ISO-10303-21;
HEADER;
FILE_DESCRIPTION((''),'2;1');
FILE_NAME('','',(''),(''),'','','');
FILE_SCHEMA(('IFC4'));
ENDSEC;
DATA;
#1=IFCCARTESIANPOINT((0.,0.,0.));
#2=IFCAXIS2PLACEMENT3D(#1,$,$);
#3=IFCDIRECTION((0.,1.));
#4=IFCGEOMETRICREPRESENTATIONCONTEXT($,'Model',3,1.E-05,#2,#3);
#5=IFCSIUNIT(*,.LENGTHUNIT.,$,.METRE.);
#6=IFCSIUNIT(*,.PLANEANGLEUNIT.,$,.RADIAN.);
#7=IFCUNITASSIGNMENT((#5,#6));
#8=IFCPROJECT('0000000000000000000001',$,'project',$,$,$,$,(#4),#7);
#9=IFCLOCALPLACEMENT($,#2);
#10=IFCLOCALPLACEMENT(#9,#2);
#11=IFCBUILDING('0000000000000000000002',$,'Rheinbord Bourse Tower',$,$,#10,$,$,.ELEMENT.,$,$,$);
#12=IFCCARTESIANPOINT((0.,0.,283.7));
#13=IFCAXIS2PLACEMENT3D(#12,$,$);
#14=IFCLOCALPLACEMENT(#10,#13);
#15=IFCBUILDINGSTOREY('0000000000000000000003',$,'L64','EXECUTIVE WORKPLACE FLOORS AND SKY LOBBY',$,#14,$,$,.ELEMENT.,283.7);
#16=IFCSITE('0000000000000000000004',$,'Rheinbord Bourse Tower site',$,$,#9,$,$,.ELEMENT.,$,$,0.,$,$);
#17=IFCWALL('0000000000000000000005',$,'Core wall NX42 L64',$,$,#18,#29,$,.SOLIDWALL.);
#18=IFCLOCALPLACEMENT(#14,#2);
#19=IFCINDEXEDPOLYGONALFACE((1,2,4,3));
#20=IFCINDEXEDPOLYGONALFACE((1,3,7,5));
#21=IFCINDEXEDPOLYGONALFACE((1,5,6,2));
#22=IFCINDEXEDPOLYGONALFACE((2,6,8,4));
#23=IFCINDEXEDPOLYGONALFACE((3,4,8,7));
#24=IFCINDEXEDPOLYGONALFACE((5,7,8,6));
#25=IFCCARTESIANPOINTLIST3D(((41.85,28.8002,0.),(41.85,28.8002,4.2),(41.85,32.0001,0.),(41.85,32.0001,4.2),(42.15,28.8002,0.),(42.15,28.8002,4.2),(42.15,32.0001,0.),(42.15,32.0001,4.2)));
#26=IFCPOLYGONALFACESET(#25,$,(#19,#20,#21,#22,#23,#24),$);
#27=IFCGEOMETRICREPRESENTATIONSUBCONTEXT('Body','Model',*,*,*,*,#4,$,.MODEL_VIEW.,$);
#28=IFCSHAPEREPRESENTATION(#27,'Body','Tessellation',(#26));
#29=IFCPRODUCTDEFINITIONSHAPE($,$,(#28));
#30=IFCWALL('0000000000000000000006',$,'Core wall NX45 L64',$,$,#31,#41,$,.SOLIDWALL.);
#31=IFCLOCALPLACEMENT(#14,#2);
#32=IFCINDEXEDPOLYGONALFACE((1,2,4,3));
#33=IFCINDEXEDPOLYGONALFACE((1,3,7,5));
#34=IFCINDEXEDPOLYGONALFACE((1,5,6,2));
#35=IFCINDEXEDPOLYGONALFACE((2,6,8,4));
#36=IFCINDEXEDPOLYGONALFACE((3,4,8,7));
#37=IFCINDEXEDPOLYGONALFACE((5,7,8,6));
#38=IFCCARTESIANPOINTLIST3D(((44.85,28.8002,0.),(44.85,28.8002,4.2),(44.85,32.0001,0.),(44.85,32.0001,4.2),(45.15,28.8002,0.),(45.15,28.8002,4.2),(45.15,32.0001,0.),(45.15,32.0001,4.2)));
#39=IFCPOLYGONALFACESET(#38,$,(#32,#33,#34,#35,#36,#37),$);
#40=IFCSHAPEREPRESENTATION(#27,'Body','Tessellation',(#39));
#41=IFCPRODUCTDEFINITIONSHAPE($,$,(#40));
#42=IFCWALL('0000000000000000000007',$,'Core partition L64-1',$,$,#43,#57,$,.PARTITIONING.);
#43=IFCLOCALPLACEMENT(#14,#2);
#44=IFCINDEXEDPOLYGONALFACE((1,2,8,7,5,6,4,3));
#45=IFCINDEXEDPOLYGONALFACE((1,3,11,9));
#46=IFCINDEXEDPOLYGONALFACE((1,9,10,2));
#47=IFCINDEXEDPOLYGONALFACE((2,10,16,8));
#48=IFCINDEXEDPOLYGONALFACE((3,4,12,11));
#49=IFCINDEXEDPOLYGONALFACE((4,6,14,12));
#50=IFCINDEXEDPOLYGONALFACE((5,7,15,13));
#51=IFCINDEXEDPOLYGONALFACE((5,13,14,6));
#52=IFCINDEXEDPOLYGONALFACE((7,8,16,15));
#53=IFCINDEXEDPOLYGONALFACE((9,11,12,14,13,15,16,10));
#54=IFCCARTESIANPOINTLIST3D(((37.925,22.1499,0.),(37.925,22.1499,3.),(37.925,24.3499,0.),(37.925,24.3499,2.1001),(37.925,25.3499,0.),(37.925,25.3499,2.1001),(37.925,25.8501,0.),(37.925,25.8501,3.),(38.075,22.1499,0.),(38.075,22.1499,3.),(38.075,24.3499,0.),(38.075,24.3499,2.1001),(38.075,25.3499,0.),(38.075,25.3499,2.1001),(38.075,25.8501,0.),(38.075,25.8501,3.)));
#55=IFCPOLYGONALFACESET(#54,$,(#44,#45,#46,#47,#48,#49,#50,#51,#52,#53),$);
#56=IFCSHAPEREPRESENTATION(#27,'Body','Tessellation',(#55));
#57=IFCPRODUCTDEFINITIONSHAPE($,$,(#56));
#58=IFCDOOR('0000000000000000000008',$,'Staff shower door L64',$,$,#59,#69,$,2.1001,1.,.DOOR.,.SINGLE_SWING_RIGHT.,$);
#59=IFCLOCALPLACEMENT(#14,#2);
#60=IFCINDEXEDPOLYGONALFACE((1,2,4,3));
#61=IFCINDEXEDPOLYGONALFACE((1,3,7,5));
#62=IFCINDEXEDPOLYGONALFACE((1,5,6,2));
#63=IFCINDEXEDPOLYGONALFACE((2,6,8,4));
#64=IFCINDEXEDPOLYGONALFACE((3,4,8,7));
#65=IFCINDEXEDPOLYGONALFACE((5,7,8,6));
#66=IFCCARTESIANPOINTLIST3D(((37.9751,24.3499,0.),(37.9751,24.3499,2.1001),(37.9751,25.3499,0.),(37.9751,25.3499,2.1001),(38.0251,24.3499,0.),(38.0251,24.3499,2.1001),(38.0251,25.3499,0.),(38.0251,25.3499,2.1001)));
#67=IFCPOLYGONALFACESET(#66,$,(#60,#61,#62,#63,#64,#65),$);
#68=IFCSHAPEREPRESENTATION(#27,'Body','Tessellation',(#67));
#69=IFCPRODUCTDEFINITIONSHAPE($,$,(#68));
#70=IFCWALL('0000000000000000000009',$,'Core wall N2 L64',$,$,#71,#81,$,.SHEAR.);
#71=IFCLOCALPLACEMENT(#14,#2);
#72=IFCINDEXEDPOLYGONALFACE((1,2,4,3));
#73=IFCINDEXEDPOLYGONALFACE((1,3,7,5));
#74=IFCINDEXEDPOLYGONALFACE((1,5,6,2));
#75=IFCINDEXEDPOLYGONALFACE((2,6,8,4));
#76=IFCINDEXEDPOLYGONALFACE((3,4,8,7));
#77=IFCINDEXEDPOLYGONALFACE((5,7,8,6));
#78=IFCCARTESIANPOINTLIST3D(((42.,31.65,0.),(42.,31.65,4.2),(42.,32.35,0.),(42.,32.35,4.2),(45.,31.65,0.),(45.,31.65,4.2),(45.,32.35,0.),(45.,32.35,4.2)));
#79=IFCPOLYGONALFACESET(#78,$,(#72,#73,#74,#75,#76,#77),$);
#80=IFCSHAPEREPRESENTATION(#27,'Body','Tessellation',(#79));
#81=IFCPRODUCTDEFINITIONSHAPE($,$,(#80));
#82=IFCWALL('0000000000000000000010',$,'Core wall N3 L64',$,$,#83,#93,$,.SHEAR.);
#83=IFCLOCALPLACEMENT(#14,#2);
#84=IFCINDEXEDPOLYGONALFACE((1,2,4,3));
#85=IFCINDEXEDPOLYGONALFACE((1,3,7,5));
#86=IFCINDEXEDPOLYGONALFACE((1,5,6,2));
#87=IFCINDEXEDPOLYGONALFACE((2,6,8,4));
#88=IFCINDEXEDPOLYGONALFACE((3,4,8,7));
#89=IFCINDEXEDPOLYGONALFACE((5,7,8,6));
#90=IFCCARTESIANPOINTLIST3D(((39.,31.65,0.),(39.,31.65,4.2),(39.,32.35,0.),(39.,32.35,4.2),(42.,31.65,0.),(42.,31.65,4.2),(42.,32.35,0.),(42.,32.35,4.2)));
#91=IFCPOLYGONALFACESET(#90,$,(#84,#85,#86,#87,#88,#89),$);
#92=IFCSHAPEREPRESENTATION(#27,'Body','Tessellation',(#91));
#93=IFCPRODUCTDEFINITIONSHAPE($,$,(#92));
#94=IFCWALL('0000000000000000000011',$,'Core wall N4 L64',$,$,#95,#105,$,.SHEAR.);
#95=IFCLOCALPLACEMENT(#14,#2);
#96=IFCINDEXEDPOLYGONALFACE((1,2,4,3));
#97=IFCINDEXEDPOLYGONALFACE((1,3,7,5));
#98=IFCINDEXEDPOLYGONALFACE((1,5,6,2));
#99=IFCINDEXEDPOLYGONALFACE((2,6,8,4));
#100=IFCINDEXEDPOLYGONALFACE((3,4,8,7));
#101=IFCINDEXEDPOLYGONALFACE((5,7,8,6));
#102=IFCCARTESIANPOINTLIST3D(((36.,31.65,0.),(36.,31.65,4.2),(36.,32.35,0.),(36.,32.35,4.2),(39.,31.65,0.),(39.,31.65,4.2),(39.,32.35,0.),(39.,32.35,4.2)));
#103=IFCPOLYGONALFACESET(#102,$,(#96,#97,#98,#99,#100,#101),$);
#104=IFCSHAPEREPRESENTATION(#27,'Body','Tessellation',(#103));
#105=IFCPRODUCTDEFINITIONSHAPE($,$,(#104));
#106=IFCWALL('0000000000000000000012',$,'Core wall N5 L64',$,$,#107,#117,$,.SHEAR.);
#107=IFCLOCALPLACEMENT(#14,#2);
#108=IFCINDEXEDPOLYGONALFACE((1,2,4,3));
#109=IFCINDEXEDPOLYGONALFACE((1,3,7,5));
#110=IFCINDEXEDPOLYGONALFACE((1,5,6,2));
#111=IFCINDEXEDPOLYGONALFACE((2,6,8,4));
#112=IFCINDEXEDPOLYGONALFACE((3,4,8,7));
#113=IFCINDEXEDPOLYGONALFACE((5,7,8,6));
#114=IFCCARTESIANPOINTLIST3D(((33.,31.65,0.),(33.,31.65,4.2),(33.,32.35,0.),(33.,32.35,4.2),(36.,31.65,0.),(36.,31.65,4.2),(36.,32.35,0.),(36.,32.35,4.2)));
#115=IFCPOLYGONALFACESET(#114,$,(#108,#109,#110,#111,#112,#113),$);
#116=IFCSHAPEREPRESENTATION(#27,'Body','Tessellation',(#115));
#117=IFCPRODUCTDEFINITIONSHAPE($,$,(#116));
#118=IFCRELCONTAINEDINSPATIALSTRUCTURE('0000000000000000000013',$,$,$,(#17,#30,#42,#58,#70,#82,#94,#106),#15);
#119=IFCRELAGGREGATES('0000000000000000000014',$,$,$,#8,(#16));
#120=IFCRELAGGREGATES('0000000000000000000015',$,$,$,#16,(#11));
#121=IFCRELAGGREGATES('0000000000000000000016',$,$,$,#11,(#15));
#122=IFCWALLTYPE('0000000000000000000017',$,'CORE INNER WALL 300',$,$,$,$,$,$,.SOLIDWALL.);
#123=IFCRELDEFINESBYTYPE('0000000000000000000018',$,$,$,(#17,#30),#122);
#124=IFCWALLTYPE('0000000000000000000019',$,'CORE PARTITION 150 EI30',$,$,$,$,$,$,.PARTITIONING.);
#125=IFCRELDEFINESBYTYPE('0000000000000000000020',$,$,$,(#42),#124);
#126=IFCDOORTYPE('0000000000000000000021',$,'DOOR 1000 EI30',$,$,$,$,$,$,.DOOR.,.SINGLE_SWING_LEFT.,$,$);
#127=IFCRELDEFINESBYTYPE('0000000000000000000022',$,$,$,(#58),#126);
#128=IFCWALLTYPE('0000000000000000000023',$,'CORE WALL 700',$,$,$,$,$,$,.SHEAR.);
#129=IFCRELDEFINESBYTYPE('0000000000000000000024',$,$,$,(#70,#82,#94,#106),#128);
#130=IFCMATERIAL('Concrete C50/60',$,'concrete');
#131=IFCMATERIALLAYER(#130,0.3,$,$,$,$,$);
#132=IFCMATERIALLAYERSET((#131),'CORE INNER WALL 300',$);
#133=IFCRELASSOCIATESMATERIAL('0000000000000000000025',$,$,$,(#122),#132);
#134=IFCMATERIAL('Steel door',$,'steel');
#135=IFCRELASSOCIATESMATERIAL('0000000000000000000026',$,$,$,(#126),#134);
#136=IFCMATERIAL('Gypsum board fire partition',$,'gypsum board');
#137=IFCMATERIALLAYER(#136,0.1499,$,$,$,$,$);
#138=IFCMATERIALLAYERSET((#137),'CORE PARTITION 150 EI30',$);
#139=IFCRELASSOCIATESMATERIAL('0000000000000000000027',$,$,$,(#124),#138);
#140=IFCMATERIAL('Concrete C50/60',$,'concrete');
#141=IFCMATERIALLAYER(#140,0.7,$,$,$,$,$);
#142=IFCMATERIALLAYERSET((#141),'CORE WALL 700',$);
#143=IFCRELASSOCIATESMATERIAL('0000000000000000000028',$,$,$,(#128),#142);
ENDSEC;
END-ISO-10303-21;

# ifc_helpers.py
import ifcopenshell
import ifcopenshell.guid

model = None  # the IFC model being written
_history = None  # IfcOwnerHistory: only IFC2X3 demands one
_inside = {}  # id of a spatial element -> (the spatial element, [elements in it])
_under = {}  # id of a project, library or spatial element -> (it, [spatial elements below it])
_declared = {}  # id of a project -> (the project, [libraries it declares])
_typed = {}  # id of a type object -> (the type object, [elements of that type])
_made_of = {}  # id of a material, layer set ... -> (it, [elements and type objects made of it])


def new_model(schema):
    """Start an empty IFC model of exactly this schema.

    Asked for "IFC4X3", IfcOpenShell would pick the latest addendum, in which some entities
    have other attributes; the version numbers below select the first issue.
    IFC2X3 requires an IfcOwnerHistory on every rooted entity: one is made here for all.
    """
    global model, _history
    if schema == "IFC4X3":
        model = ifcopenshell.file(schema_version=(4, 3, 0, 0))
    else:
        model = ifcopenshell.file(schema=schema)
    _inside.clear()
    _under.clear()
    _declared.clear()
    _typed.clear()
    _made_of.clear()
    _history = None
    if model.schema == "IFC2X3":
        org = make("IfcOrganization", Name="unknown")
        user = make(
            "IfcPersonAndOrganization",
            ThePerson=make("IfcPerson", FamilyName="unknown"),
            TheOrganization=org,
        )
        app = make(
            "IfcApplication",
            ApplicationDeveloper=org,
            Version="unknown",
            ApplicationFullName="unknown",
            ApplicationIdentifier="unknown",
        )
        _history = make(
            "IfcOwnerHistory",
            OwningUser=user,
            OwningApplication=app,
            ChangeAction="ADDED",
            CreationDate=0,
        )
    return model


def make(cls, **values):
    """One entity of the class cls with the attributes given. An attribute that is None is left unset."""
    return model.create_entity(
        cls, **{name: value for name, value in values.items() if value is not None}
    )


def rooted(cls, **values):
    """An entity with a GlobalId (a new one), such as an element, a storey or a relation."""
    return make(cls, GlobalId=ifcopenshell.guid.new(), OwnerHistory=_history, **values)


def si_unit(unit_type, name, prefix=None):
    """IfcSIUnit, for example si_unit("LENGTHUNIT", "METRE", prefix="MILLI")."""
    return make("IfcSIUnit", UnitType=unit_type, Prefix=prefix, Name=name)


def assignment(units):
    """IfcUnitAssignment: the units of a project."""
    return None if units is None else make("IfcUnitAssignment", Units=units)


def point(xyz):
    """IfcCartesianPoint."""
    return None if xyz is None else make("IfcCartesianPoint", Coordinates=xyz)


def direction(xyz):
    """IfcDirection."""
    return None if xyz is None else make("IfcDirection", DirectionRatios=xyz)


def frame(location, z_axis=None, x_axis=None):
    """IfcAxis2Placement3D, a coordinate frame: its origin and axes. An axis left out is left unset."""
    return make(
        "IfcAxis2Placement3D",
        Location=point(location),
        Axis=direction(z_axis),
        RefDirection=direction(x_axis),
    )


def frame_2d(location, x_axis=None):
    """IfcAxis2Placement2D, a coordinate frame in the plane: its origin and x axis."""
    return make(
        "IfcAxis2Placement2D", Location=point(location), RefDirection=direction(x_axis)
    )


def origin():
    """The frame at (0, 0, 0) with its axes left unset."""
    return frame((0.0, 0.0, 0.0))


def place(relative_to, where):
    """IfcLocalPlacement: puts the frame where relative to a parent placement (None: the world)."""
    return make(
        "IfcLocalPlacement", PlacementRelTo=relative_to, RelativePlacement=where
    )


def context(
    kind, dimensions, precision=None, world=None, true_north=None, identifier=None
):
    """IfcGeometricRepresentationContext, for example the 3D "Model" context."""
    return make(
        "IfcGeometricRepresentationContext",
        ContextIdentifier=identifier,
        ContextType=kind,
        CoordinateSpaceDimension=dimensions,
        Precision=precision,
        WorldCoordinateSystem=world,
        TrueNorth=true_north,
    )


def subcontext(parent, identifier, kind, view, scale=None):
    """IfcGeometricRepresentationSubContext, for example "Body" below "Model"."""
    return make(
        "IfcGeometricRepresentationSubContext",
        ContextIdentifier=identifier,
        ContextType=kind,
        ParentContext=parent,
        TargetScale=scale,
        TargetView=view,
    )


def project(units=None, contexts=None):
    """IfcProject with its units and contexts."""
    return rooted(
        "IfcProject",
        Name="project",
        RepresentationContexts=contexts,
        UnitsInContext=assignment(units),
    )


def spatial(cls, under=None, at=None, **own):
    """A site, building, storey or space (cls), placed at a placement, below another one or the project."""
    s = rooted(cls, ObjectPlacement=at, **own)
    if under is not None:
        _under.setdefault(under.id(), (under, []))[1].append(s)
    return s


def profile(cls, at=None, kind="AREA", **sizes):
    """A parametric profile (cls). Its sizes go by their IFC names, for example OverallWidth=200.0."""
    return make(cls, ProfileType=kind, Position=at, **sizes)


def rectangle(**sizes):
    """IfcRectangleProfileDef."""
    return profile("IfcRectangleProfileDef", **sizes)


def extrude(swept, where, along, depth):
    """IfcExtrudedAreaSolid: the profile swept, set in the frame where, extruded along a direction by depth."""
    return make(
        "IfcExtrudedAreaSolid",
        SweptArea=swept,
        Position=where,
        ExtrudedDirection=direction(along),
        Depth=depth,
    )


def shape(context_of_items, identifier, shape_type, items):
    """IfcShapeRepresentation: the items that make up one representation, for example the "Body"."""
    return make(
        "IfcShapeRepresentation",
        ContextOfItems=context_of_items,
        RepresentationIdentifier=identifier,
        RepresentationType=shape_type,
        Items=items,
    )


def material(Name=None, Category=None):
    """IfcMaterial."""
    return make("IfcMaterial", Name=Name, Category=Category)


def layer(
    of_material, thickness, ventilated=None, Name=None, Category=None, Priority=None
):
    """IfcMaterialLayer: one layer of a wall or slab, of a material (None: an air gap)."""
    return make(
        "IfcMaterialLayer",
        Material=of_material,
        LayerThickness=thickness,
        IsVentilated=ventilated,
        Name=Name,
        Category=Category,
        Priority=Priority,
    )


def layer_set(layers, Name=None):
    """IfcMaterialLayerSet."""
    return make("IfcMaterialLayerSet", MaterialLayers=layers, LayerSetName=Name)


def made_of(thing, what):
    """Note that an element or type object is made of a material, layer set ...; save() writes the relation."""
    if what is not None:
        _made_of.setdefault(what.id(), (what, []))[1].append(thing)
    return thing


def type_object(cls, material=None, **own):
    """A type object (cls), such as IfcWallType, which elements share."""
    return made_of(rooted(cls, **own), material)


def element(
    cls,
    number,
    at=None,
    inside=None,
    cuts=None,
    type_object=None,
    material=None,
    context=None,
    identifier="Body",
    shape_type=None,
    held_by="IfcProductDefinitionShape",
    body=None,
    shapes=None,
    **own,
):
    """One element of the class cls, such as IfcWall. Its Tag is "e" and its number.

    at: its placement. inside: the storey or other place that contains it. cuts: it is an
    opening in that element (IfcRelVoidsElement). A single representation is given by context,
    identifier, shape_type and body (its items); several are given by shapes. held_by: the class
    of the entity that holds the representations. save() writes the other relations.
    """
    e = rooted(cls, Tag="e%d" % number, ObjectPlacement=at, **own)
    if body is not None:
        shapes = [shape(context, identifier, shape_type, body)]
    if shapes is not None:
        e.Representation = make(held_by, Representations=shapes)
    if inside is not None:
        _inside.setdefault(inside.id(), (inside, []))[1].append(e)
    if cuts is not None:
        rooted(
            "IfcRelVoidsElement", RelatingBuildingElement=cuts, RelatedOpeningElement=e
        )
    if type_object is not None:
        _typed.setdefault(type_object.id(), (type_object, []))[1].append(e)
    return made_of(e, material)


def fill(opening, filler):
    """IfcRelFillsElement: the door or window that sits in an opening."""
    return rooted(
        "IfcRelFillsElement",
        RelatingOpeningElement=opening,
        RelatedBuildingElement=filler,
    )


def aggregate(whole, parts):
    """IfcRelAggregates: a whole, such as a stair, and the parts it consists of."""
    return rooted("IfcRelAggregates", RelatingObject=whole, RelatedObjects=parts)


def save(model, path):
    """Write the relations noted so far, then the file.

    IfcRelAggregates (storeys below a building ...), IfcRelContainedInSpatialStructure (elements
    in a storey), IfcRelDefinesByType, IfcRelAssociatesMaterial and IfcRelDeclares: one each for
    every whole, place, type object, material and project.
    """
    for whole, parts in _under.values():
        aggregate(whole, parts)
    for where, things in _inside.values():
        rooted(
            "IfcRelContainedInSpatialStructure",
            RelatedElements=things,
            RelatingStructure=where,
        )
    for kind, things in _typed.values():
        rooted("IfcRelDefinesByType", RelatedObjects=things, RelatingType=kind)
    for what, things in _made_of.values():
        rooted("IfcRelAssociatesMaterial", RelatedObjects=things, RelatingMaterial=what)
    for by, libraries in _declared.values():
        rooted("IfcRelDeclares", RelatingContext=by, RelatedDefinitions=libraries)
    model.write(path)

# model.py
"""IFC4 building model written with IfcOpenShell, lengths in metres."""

from ifc_helpers import new_model, si_unit, direction, frame, frame_2d, origin, place, context, subcontext, project, spatial, rectangle, extrude, material, layer, layer_set, type_object, element, fill, save


model = new_model("IFC4")

# Units and contexts
model_context = context("Model", 3, precision=1e-05, world=origin(), true_north=direction((0.0, 1.0)))
body_context = subcontext(model_context, "Body", "Model", "MODEL_VIEW")
ifc_project = project(units=[si_unit("LENGTHUNIT", "METRE"), si_unit("PLANEANGLEUNIT", "RADIAN")], contexts=[model_context])

# Site, building, storey
site_placement = place(None, origin())
site = spatial("IfcSite", under=ifc_project, at=site_placement, Name="Rheinbord Bourse Tower site", CompositionType="ELEMENT", RefElevation=0.0)
building_placement = place(site_placement, origin())
building = spatial("IfcBuilding", under=site, at=building_placement, Name="Rheinbord Bourse Tower", CompositionType="ELEMENT")
storey_placement = place(building_placement, frame((0.0, 0.0, 283.7)))
storey = spatial("IfcBuildingStorey", under=building, at=storey_placement, Name="L64", Description="EXECUTIVE WORKPLACE FLOORS AND SKY LOBBY", CompositionType="ELEMENT", Elevation=283.7)

# Shared definitions
ifc_material_1 = material(Name="Concrete C50/60", Category="concrete")
ifc_layer_1 = layer(ifc_material_1, 0.3)
ifc_layer_set_1 = layer_set([ifc_layer_1], Name="CORE INNER WALL 300")
wall_type_1 = type_object("IfcWallType", Name="CORE INNER WALL 300", PredefinedType="SOLIDWALL", material=ifc_layer_set_1)
ifc_material_2 = material(Name="Steel door", Category="steel")
door_type_1 = type_object("IfcDoorType", Name="DOOR 1000 EI30", OperationType="SINGLE_SWING_LEFT", PredefinedType="DOOR", material=ifc_material_2)

# Walls
for number, where, z_axis, x_axis, name in (
    (1, (42.0, 28.8, 0.0), (0.0, 0.0, 1.0), (0.0, 1.0, 0.0), "Core wall NX42 L64"),
    (2, (45.0, 28.8, 0.0), (0.0, 0.0, 1.0), (0.0, 1.0, 0.0), "Core wall NX45 L64"),
):
    element("IfcWall", number, at=place(storey_placement, frame(where, z_axis=z_axis, x_axis=x_axis)), inside=storey, type_object=wall_type_1, Name=name, PredefinedType="SOLIDWALL", context=body_context, shape_type="SweptSolid", body=[
        extrude(rectangle(XDim=3.2, YDim=0.3, at=frame_2d((1.6001, 0.0))), origin(), (0.0, 0.0, 1.0), 4.2),
    ])

# Wall, opening, door
ifc_material_3 = material(Name="Gypsum board fire partition", Category="gypsum board")
ifc_layer_2 = layer(ifc_material_3, 0.1499)
ifc_layer_set_2 = layer_set([ifc_layer_2], Name="CORE PARTITION 150 EI30")
wall_type_2 = type_object("IfcWallType", Name="CORE PARTITION 150 EI30", PredefinedType="PARTITIONING", material=ifc_layer_set_2)
wall_1_placement = place(storey_placement, frame((38.0, 22.1499, 0.0), z_axis=(0.0, 0.0, 1.0), x_axis=(0.0, 1.0, 0.0)))
wall_1 = element("IfcWall", 3, at=wall_1_placement, inside=storey, type_object=wall_type_2, Name="Core partition L64-1", PredefinedType="PARTITIONING", context=body_context, shape_type="SweptSolid", body=[
    extrude(rectangle(XDim=3.7002, YDim=0.1499, at=frame_2d((1.8501, 0.0))), origin(), (0.0, 0.0, 1.0), 3.0),
])
opening_1_placement = place(wall_1_placement, frame((2.2, 0.0, 0.0)))
opening_1 = element("IfcOpeningElement", 4, at=opening_1_placement, cuts=wall_1, PredefinedType="OPENING", context=body_context, shape_type="SweptSolid", body=[
    extrude(rectangle(XDim=1.0, YDim=2.1001, at=frame_2d((0.5, 1.05))), frame((0.0, 0.085, 0.0), z_axis=(0.0, -1.0, 0.0), x_axis=(1.0, 0.0, 0.0)), (0.0, 0.0, 1.0), 0.1699),
])
door_1_placement = place(opening_1_placement, origin())
door_1 = element("IfcDoor", 5, at=door_1_placement, inside=storey, type_object=door_type_1, Name="Staff shower door L64", OperationType="SINGLE_SWING_RIGHT", OverallHeight=2.1001, OverallWidth=1.0, PredefinedType="DOOR", context=body_context, shape_type="SweptSolid", body=[
    extrude(rectangle(XDim=1.0, YDim=2.1001, at=frame_2d((0.5, 1.05))), frame((0.0, 0.0249, 0.0), z_axis=(0.0, -1.0, 0.0), x_axis=(1.0, 0.0, 0.0)), (0.0, 0.0, 1.0), 0.05),
])
fill(opening_1, door_1)

# Walls
ifc_material_4 = material(Name="Concrete C50/60", Category="concrete")
ifc_layer_3 = layer(ifc_material_4, 0.7)
ifc_layer_set_3 = layer_set([ifc_layer_3], Name="CORE WALL 700")
wall_type_3 = type_object("IfcWallType", Name="CORE WALL 700", PredefinedType="SHEAR", material=ifc_layer_set_3)
for number, where, z_axis, x_axis, name in (
    (6, (45.0, 32.0, 0.0), (0.0, 0.0, 1.0), (-1.0, 0.0, 0.0), "Core wall N2 L64"),
    (7, (42.0, 32.0, 0.0), (0.0, 0.0, 1.0), (-1.0, 0.0, 0.0), "Core wall N3 L64"),
    (8, (39.0, 32.0, 0.0), (0.0, 0.0, 1.0), (-1.0, 0.0, 0.0), "Core wall N4 L64"),
    (9, (36.0, 32.0, 0.0), (0.0, 0.0, 1.0), (-1.0, 0.0, 0.0), "Core wall N5 L64"),
):
    element("IfcWall", number, at=place(storey_placement, frame(where, z_axis=z_axis, x_axis=x_axis)), inside=storey, type_object=wall_type_3, Name=name, PredefinedType="SHEAR", context=body_context, shape_type="SweptSolid", body=[
        extrude(rectangle(XDim=3.0, YDim=0.7, at=frame_2d((1.5, 0.0))), origin(), (0.0, 0.0, 1.0), 4.2),
    ])

save(model, "model.ifc")
